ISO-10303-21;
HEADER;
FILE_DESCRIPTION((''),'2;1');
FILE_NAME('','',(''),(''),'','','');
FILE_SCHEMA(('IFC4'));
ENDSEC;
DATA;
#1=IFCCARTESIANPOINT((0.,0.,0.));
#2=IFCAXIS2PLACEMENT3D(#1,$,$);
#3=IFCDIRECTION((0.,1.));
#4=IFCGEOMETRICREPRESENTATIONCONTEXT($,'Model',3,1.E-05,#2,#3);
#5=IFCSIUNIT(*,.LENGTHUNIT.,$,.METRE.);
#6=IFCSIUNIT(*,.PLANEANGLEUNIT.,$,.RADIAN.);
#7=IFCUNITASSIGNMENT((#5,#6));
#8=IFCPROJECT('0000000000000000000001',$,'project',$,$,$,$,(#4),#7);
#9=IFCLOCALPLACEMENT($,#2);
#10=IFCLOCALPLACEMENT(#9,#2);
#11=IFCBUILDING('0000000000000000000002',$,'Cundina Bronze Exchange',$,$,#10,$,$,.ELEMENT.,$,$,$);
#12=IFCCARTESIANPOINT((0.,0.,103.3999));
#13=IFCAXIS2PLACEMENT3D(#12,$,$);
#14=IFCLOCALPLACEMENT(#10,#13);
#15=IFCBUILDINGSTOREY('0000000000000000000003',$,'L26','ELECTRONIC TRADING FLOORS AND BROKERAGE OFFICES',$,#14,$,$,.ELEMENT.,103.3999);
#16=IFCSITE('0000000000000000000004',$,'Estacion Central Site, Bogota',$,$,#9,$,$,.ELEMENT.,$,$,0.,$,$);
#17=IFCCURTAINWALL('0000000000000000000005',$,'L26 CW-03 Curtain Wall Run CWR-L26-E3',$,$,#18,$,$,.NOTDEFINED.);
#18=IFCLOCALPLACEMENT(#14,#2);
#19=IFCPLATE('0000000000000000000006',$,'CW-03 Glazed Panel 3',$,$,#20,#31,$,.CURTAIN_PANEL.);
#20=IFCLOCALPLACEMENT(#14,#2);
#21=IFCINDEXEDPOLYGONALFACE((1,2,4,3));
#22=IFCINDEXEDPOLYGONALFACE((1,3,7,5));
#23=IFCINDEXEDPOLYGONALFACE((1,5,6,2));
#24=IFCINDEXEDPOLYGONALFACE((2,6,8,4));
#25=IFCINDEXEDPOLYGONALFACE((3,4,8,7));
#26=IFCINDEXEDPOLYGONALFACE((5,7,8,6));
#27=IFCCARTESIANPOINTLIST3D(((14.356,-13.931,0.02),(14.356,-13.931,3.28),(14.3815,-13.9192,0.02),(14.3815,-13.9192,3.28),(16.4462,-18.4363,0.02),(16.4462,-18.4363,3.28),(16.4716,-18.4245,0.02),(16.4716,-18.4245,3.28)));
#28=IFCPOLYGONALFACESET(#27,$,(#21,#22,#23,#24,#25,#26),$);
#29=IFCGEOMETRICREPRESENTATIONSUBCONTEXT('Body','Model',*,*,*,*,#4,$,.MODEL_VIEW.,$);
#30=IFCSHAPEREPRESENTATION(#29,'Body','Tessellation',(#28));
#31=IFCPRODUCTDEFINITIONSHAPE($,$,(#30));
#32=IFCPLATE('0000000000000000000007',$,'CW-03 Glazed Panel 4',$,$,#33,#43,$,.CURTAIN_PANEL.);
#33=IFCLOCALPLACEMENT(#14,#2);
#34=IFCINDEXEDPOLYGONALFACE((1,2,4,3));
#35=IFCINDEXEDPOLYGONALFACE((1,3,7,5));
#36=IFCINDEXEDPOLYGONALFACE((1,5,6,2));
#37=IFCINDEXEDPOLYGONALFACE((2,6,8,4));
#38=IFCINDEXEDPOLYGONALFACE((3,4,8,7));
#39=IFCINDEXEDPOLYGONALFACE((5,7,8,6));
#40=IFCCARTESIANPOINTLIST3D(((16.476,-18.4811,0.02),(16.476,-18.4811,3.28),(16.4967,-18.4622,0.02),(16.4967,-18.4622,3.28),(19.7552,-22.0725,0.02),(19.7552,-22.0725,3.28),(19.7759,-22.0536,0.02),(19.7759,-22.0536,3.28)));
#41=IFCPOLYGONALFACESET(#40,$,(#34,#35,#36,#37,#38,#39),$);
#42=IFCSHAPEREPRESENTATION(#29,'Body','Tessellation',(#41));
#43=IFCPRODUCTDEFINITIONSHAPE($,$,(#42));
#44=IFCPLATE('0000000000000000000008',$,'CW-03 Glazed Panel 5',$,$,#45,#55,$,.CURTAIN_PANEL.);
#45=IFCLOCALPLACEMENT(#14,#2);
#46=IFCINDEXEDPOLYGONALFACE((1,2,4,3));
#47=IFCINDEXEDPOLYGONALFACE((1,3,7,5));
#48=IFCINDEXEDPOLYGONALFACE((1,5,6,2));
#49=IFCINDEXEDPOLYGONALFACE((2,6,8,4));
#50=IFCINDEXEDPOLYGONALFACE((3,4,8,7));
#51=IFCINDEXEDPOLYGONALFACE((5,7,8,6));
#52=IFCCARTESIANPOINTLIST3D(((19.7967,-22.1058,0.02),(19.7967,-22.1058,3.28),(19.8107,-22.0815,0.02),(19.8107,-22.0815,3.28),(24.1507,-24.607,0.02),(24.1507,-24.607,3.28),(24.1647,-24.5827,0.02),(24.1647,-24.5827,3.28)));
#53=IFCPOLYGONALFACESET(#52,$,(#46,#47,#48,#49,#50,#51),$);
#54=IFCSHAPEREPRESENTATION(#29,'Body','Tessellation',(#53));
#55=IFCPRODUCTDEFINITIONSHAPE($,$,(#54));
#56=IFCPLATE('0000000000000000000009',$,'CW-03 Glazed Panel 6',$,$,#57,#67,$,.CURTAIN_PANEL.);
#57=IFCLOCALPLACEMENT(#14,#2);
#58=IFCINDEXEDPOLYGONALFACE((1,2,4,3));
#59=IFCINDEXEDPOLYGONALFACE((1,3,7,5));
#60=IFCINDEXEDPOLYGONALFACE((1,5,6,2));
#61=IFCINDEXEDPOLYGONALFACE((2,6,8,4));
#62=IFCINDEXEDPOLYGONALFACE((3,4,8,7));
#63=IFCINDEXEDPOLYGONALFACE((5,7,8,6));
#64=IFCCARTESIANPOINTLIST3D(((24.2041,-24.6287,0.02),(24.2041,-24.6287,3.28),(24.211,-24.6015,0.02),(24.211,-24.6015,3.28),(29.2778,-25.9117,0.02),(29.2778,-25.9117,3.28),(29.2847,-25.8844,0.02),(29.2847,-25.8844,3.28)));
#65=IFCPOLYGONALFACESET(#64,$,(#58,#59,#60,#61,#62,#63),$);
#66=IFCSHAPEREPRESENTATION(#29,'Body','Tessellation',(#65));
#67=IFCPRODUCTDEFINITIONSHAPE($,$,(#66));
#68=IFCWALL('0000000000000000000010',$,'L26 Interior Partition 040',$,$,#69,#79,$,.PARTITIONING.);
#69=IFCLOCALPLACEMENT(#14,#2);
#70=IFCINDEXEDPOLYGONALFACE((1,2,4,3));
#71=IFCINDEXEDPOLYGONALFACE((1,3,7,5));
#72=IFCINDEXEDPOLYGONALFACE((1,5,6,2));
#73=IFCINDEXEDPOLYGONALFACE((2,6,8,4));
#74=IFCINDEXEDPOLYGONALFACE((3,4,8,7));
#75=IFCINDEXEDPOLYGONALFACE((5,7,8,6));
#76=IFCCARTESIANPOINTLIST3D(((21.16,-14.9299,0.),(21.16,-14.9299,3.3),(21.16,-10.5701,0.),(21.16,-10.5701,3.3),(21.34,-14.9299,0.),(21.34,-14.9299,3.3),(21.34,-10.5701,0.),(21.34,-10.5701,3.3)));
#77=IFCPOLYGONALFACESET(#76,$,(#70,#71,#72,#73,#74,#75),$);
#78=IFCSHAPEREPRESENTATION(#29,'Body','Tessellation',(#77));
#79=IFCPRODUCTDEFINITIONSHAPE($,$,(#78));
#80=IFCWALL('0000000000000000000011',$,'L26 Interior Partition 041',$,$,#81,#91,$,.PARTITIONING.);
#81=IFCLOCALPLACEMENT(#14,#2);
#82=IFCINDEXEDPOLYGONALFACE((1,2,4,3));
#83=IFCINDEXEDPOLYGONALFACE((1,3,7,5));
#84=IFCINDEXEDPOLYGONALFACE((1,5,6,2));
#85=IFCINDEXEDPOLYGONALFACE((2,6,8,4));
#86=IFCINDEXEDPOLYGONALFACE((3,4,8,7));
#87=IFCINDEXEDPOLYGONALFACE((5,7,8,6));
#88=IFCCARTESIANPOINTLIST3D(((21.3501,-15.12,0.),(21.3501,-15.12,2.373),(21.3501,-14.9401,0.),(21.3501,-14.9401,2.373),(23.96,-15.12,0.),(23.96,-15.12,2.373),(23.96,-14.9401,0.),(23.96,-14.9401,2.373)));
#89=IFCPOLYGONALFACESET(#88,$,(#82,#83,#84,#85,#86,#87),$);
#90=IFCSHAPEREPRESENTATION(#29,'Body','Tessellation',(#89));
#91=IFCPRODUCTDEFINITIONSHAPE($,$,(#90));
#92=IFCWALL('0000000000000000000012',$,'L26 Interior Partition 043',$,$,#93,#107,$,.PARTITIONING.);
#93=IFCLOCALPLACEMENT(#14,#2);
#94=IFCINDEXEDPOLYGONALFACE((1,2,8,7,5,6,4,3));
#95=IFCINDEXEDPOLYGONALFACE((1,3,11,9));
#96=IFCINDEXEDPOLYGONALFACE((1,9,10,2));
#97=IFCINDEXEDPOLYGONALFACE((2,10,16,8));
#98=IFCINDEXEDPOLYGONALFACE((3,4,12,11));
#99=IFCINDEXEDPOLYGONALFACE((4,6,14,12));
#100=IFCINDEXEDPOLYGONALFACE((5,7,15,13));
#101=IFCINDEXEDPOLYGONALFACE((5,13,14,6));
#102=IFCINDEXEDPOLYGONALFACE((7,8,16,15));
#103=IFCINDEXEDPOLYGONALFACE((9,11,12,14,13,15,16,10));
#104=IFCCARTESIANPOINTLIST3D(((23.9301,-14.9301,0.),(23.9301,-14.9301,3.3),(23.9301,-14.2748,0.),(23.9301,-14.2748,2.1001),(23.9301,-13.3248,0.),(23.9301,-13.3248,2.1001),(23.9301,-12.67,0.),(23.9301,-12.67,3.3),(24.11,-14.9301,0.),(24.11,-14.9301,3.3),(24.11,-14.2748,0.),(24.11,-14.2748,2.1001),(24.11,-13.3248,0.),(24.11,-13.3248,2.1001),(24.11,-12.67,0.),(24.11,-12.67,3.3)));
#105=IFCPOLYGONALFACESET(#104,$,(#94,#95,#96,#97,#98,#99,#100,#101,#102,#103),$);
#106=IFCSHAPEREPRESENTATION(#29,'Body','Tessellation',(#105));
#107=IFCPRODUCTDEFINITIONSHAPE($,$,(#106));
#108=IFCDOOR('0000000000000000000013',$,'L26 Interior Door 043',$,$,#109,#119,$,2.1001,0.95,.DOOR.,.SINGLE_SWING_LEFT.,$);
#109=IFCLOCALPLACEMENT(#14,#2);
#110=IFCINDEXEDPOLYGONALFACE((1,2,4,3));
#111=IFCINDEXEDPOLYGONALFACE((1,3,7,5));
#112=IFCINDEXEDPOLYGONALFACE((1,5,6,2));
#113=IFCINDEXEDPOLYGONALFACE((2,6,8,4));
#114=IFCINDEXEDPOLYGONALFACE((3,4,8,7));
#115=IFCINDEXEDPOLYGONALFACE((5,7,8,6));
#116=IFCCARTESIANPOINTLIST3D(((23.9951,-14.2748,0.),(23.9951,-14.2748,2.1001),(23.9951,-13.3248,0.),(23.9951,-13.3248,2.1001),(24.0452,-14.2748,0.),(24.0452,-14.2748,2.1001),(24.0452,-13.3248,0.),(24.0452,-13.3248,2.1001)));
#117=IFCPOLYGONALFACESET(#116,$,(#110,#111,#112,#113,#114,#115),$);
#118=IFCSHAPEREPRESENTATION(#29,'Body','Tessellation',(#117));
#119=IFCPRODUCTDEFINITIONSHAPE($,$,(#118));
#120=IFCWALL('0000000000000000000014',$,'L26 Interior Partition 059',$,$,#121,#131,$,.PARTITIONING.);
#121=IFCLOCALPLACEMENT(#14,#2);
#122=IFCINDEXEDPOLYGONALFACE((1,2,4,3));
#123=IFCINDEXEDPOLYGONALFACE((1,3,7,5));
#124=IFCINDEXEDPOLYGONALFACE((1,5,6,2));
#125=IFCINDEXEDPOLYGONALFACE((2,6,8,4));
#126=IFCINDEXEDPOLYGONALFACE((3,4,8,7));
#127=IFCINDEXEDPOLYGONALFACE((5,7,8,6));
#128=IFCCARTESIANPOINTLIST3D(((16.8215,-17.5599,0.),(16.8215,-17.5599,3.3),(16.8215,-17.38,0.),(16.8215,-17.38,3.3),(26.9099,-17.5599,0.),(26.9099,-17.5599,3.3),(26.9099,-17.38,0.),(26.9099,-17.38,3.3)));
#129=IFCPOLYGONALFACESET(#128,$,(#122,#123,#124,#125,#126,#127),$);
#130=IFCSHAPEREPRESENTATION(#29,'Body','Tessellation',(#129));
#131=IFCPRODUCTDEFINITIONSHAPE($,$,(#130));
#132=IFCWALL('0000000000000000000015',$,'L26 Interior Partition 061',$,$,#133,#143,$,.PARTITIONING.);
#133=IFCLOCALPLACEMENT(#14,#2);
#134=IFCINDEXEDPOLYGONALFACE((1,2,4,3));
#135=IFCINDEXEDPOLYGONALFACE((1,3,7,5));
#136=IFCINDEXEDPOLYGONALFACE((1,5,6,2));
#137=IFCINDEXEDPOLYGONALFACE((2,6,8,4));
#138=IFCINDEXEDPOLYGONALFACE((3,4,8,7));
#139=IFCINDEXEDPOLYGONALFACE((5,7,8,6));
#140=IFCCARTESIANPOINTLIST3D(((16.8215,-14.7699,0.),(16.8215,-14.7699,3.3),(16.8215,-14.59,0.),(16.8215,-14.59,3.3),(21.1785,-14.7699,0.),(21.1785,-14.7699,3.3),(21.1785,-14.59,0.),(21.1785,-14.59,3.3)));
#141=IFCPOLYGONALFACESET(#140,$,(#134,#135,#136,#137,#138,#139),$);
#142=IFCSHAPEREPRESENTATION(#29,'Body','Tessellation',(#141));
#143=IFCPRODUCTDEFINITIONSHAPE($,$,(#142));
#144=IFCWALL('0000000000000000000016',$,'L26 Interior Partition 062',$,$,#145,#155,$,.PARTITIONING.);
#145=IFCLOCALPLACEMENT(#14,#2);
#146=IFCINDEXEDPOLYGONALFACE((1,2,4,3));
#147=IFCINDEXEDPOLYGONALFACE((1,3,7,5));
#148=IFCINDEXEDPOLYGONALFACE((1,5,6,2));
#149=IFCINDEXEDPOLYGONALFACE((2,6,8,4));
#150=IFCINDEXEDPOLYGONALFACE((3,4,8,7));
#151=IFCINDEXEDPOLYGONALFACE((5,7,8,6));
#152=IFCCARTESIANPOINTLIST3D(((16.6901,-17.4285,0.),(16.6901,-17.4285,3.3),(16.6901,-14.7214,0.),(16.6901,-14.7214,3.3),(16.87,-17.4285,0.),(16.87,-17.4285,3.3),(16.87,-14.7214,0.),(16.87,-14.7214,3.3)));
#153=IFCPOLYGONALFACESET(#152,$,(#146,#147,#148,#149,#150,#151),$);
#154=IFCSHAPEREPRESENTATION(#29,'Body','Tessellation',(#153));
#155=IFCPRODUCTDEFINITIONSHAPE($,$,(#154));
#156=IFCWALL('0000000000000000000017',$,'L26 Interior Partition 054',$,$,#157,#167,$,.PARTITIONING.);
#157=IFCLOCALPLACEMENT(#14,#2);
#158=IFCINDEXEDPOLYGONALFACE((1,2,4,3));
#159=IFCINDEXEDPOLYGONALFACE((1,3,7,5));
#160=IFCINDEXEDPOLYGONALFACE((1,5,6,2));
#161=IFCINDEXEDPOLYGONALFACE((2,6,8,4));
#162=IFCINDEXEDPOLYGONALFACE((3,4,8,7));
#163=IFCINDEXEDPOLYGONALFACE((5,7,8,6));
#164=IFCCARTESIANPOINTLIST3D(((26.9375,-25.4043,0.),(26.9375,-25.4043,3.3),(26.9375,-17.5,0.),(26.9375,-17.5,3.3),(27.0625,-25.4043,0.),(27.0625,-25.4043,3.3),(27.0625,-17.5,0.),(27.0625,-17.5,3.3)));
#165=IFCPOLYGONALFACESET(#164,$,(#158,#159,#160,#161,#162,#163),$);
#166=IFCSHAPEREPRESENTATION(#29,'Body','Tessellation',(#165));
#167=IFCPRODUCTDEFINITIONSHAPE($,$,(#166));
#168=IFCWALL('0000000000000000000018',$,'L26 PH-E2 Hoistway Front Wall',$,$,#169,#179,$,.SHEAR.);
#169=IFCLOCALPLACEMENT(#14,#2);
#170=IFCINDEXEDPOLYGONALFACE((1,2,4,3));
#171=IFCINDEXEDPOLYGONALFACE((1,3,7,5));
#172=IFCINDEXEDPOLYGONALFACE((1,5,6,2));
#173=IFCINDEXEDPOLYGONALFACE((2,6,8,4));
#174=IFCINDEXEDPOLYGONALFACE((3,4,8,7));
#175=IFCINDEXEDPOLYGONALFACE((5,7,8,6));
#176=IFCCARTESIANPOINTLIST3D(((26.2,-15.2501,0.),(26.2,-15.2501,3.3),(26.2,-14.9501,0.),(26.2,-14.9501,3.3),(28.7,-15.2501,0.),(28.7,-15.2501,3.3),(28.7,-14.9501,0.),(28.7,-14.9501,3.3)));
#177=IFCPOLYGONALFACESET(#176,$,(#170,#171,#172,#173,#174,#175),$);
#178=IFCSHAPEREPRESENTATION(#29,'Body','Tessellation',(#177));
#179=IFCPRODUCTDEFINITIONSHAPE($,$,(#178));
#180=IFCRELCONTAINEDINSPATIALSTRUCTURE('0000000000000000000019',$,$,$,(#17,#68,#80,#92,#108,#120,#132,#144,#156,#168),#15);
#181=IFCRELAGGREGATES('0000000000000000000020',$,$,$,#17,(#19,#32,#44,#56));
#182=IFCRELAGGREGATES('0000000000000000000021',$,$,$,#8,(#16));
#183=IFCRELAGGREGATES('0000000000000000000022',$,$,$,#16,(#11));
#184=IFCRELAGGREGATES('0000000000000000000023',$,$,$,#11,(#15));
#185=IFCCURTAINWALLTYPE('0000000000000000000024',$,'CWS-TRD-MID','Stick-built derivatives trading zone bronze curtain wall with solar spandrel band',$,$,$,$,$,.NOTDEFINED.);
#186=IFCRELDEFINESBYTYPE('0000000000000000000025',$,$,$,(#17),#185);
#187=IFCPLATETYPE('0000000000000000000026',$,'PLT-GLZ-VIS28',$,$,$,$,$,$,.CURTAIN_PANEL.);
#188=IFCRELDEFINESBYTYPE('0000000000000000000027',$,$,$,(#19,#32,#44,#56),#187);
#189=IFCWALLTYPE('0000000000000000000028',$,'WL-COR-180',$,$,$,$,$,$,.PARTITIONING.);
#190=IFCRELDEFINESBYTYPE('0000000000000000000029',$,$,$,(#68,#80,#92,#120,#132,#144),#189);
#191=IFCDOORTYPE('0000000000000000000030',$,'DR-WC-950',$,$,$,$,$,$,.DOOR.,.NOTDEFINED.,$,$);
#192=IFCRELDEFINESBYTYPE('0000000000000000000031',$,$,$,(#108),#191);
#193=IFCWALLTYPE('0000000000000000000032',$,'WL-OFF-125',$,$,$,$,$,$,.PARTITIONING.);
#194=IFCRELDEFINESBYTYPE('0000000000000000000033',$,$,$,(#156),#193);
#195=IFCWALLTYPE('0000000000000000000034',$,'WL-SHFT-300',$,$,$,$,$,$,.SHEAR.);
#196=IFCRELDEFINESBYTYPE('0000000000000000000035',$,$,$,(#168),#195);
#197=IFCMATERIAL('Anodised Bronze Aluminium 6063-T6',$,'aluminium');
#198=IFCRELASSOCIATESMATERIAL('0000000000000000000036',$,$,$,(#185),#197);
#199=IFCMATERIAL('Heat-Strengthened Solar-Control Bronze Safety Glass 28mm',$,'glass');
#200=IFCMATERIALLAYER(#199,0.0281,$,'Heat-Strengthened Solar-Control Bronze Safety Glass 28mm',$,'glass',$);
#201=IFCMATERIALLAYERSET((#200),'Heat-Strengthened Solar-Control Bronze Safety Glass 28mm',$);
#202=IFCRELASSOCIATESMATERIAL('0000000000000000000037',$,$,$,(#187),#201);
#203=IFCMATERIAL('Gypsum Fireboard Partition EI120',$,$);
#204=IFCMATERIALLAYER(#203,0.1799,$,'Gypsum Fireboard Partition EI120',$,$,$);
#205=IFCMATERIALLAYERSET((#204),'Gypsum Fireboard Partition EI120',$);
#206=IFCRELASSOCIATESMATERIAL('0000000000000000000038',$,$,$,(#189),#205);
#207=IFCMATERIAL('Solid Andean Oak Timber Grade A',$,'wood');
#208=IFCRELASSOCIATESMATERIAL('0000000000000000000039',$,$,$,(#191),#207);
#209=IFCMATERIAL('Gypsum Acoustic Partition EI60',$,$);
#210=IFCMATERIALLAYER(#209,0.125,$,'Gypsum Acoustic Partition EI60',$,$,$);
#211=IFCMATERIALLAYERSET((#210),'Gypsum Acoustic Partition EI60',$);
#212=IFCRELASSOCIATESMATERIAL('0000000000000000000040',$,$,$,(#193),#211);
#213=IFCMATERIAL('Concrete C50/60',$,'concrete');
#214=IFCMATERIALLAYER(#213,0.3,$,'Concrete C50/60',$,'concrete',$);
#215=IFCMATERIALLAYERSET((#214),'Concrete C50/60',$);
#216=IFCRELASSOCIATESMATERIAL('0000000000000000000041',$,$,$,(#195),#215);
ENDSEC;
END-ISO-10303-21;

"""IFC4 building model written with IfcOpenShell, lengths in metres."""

from ifc_helpers import new_model, si_unit, direction, frame, frame_2d, origin, origin_2d, place, context, subcontext, project, spatial, rectangle, extrude, material, layer, layer_set, type_object, element, fill, aggregate, save


model = new_model("IFC4")

# Units and contexts
model_context = context("Model", 3, precision=1e-05, world=origin(), true_north=direction((0.0, 1.0)))
body_context = subcontext(model_context, "Body", "Model", "MODEL_VIEW")
ifc_project = project(units=[si_unit("LENGTHUNIT", "METRE"), si_unit("PLANEANGLEUNIT", "RADIAN")], contexts=[model_context])

# Site, building, storey
site_placement = place(None, origin())
site = spatial("IfcSite", under=ifc_project, at=site_placement, Name="Estacion Central Site, Bogota", CompositionType="ELEMENT", RefElevation=0.0)
building_placement = place(site_placement, origin())
building = spatial("IfcBuilding", under=site, at=building_placement, Name="Cundina Bronze Exchange", CompositionType="ELEMENT")
storey_placement = place(building_placement, frame((0.0, 0.0, 103.3999)))
storey = spatial("IfcBuildingStorey", under=building, at=storey_placement, Name="L26", Description="ELECTRONIC TRADING FLOORS AND BROKERAGE OFFICES", CompositionType="ELEMENT", Elevation=103.3999)

# Curtain wall, plates
ifc_material_1 = material(Name="Anodised Bronze Aluminium 6063-T6", Category="aluminium")
curtain_wall_type = type_object("IfcCurtainWallType", Name="CWS-TRD-MID", Description="Stick-built derivatives trading zone bronze curtain wall with solar spandrel band", PredefinedType="NOTDEFINED", material=ifc_material_1)
curtain_wall_placement = place(storey_placement, origin())
curtain_wall = element("IfcCurtainWall", 1, at=curtain_wall_placement, inside=storey, type_object=curtain_wall_type, Name="L26 CW-03 Curtain Wall Run CWR-L26-E3", PredefinedType="NOTDEFINED")
ifc_material_2 = material(Name="Heat-Strengthened Solar-Control Bronze Safety Glass 28mm", Category="glass")
ifc_layer_1 = layer(ifc_material_2, 0.0281, Name="Heat-Strengthened Solar-Control Bronze Safety Glass 28mm", Category="glass")
ifc_layer_set_1 = layer_set([ifc_layer_1], Name="Heat-Strengthened Solar-Control Bronze Safety Glass 28mm")
plate_type = type_object("IfcPlateType", Name="PLT-GLZ-VIS28", PredefinedType="CURTAIN_PANEL", material=ifc_layer_set_1)
plate_1_placement = place(storey_placement, frame((15.4138, -16.1777, 0.02), z_axis=(0.0, 0.0, 1.0), x_axis=(0.420846, -0.907132, 0.0)))
plate_1 = element("IfcPlate", 2, at=plate_1_placement, type_object=plate_type, Name="CW-03 Glazed Panel 3", PredefinedType="CURTAIN_PANEL", context=body_context, shape_type="SweptSolid", body=[
    extrude(rectangle(XDim=4.9666, YDim=0.0281, at=origin_2d()), origin(), (0.0, 0.0, 1.0), 3.26),
])
plate_2_placement = place(storey_placement, frame((18.126, -20.2673, 0.02), z_axis=(0.0, 0.0, 1.0), x_axis=(0.674277, -0.738479, 0.0)))
plate_2 = element("IfcPlate", 3, at=plate_2_placement, type_object=plate_type, Name="CW-03 Glazed Panel 4", PredefinedType="CURTAIN_PANEL", context=body_context, shape_type="SweptSolid", body=[
    extrude(rectangle(XDim=4.8633, YDim=0.0281, at=origin_2d()), origin(), (0.0, 0.0, 1.0), 3.26),
])
plate_3_placement = place(storey_placement, frame((21.9807, -23.3442, 0.02), z_axis=(0.0, 0.0, 1.0), x_axis=(0.867105, -0.498125, 0.0)))
plate_3 = element("IfcPlate", 4, at=plate_3_placement, type_object=plate_type, Name="CW-03 Glazed Panel 5", PredefinedType="CURTAIN_PANEL", context=body_context, shape_type="SweptSolid", body=[
    extrude(rectangle(XDim=5.0212, YDim=0.0281, at=origin_2d()), origin(), (0.0, 0.0, 1.0), 3.26),
])
plate_4_placement = place(storey_placement, frame((26.7444, -25.2566, 0.02), z_axis=(0.0, 0.0, 1.0), x_axis=(0.969488, -0.245138, 0.0)))
plate_4 = element("IfcPlate", 5, at=plate_4_placement, type_object=plate_type, Name="CW-03 Glazed Panel 6", PredefinedType="CURTAIN_PANEL", context=body_context, shape_type="SweptSolid", body=[
    extrude(rectangle(XDim=5.2334, YDim=0.0281, at=origin_2d()), origin(), (0.0, 0.0, 1.0), 3.26),
])
aggregate(curtain_wall, [plate_1, plate_2, plate_3, plate_4])

# Walls
ifc_material_3 = material(Name="Gypsum Fireboard Partition EI120")
ifc_layer_2 = layer(ifc_material_3, 0.1799, Name="Gypsum Fireboard Partition EI120")
ifc_layer_set_2 = layer_set([ifc_layer_2], Name="Gypsum Fireboard Partition EI120")
wall_type_1 = type_object("IfcWallType", Name="WL-COR-180", PredefinedType="PARTITIONING", material=ifc_layer_set_2)
wall_1_placement = place(storey_placement, frame((21.25, -14.9299, 0.0), z_axis=(0.0, 0.0, 1.0), x_axis=(0.0, 1.0, 0.0)))
element("IfcWall", 6, at=wall_1_placement, inside=storey, type_object=wall_type_1, Name="L26 Interior Partition 040", PredefinedType="PARTITIONING", context=body_context, shape_type="SweptSolid", body=[
    extrude(rectangle(XDim=4.3599, YDim=0.1799, at=frame_2d((2.1799, 0.0))), origin(), (0.0, 0.0, 1.0), 3.3),
])
wall_2_placement = place(storey_placement, frame((21.3501, -15.03, 0.0), z_axis=(0.0, 0.0, 1.0), x_axis=(1.0, 0.0, 0.0)))
element("IfcWall", 7, at=wall_2_placement, inside=storey, type_object=wall_type_1, Name="L26 Interior Partition 041", PredefinedType="PARTITIONING", context=body_context, shape_type="SweptSolid", body=[
    extrude(rectangle(XDim=2.6099, YDim=0.1799, at=frame_2d((1.3049, 0.0))), origin(), (0.0, 0.0, 1.0), 2.373),
])

# Wall, opening, door
wall_3_placement = place(storey_placement, frame((24.02, -14.9299, 0.0), z_axis=(0.0, 0.0, 1.0), x_axis=(0.0, 1.0, 0.0)))
wall_3 = element("IfcWall", 8, at=wall_3_placement, inside=storey, type_object=wall_type_1, Name="L26 Interior Partition 043", PredefinedType="PARTITIONING", context=body_context, shape_type="SweptSolid", body=[
    extrude(rectangle(XDim=2.26, YDim=0.1799, at=frame_2d((1.1299, 0.0))), origin(), (0.0, 0.0, 1.0), 3.3),
])
opening_placement = place(wall_3_placement, frame((0.655, 0.0, 0.0)))
opening = element("IfcOpeningElement", 9, at=opening_placement, cuts=wall_3, PredefinedType="OPENING", context=body_context, shape_type="SweptSolid", body=[
    extrude(rectangle(XDim=0.95, YDim=2.1001, at=frame_2d((0.4751, 1.05))), frame((0.0, 0.0999, 0.0), z_axis=(0.0, -1.0, 0.0), x_axis=(1.0, 0.0, 0.0)), (0.0, 0.0, 1.0), 0.2),
])
ifc_material_4 = material(Name="Solid Andean Oak Timber Grade A", Category="wood")
door_type = type_object("IfcDoorType", Name="DR-WC-950", OperationType="NOTDEFINED", PredefinedType="DOOR", material=ifc_material_4)
door_placement = place(opening_placement, origin())
door = element("IfcDoor", 10, at=door_placement, inside=storey, type_object=door_type, Name="L26 Interior Door 043", OperationType="SINGLE_SWING_LEFT", OverallHeight=2.1001, OverallWidth=0.95, PredefinedType="DOOR", context=body_context, shape_type="SweptSolid", body=[
    extrude(rectangle(XDim=0.95, YDim=2.1001, at=frame_2d((0.4751, 1.05))), frame((0.0, 0.0249, 0.0), z_axis=(0.0, -1.0, 0.0), x_axis=(1.0, 0.0, 0.0)), (0.0, 0.0, 1.0), 0.05),
])
fill(opening, door)

# Walls
wall_4_placement = place(storey_placement, frame((16.8215, -17.47, 0.0), z_axis=(0.0, 0.0, 1.0), x_axis=(1.0, 0.0, 0.0)))
element("IfcWall", 11, at=wall_4_placement, inside=storey, type_object=wall_type_1, Name="L26 Interior Partition 059", PredefinedType="PARTITIONING", context=body_context, shape_type="SweptSolid", body=[
    extrude(rectangle(XDim=10.0884, YDim=0.1799, at=frame_2d((5.0442, 0.0))), origin(), (0.0, 0.0, 1.0), 3.3),
])
wall_5_placement = place(storey_placement, frame((21.1785, -14.6799, 0.0), z_axis=(0.0, 0.0, 1.0), x_axis=(-1.0, 0.0, 0.0)))
element("IfcWall", 12, at=wall_5_placement, inside=storey, type_object=wall_type_1, Name="L26 Interior Partition 061", PredefinedType="PARTITIONING", context=body_context, shape_type="SweptSolid", body=[
    extrude(rectangle(XDim=4.3569, YDim=0.1799, at=frame_2d((2.1785, 0.0))), origin(), (0.0, 0.0, 1.0), 3.3),
])
wall_6_placement = place(storey_placement, frame((16.78, -14.7214, 0.0), z_axis=(0.0, 0.0, 1.0), x_axis=(0.0, -1.0, 0.0)))
element("IfcWall", 13, at=wall_6_placement, inside=storey, type_object=wall_type_1, Name="L26 Interior Partition 062", PredefinedType="PARTITIONING", context=body_context, shape_type="SweptSolid", body=[
    extrude(rectangle(XDim=2.707, YDim=0.1799, at=frame_2d((1.3535, 0.0))), origin(), (0.0, 0.0, 1.0), 3.3),
])
ifc_material_5 = material(Name="Gypsum Acoustic Partition EI60")
ifc_layer_3 = layer(ifc_material_5, 0.125, Name="Gypsum Acoustic Partition EI60")
ifc_layer_set_3 = layer_set([ifc_layer_3], Name="Gypsum Acoustic Partition EI60")
wall_type_2 = type_object("IfcWallType", Name="WL-OFF-125", PredefinedType="PARTITIONING", material=ifc_layer_set_3)
wall_7_placement = place(storey_placement, frame((27.0, -25.4043, 0.0), z_axis=(0.0, 0.0, 1.0), x_axis=(0.0, 1.0, 0.0)))
element("IfcWall", 14, at=wall_7_placement, inside=storey, type_object=wall_type_2, Name="L26 Interior Partition 054", PredefinedType="PARTITIONING", context=body_context, shape_type="SweptSolid", body=[
    extrude(rectangle(XDim=7.9043, YDim=0.125, at=frame_2d((3.9521, 0.0))), origin(), (0.0, 0.0, 1.0), 3.3),
])
ifc_material_6 = material(Name="Concrete C50/60", Category="concrete")
ifc_layer_4 = layer(ifc_material_6, 0.3, Name="Concrete C50/60", Category="concrete")
ifc_layer_set_4 = layer_set([ifc_layer_4], Name="Concrete C50/60")
wall_type_3 = type_object("IfcWallType", Name="WL-SHFT-300", PredefinedType="SHEAR", material=ifc_layer_set_4)
wall_8_placement = place(storey_placement, frame((26.2, -15.1001, 0.0), z_axis=(0.0, 0.0, 1.0), x_axis=(1.0, 0.0, 0.0)))
element("IfcWall", 15, at=wall_8_placement, inside=storey, type_object=wall_type_3, Name="L26 PH-E2 Hoistway Front Wall", PredefinedType="SHEAR", context=body_context, shape_type="SweptSolid", body=[
    extrude(rectangle(XDim=2.5, YDim=0.3, at=frame_2d((1.25, 0.0))), origin(), (0.0, 0.0, 1.0), 3.3),
])

save(model, "model.ifc")
